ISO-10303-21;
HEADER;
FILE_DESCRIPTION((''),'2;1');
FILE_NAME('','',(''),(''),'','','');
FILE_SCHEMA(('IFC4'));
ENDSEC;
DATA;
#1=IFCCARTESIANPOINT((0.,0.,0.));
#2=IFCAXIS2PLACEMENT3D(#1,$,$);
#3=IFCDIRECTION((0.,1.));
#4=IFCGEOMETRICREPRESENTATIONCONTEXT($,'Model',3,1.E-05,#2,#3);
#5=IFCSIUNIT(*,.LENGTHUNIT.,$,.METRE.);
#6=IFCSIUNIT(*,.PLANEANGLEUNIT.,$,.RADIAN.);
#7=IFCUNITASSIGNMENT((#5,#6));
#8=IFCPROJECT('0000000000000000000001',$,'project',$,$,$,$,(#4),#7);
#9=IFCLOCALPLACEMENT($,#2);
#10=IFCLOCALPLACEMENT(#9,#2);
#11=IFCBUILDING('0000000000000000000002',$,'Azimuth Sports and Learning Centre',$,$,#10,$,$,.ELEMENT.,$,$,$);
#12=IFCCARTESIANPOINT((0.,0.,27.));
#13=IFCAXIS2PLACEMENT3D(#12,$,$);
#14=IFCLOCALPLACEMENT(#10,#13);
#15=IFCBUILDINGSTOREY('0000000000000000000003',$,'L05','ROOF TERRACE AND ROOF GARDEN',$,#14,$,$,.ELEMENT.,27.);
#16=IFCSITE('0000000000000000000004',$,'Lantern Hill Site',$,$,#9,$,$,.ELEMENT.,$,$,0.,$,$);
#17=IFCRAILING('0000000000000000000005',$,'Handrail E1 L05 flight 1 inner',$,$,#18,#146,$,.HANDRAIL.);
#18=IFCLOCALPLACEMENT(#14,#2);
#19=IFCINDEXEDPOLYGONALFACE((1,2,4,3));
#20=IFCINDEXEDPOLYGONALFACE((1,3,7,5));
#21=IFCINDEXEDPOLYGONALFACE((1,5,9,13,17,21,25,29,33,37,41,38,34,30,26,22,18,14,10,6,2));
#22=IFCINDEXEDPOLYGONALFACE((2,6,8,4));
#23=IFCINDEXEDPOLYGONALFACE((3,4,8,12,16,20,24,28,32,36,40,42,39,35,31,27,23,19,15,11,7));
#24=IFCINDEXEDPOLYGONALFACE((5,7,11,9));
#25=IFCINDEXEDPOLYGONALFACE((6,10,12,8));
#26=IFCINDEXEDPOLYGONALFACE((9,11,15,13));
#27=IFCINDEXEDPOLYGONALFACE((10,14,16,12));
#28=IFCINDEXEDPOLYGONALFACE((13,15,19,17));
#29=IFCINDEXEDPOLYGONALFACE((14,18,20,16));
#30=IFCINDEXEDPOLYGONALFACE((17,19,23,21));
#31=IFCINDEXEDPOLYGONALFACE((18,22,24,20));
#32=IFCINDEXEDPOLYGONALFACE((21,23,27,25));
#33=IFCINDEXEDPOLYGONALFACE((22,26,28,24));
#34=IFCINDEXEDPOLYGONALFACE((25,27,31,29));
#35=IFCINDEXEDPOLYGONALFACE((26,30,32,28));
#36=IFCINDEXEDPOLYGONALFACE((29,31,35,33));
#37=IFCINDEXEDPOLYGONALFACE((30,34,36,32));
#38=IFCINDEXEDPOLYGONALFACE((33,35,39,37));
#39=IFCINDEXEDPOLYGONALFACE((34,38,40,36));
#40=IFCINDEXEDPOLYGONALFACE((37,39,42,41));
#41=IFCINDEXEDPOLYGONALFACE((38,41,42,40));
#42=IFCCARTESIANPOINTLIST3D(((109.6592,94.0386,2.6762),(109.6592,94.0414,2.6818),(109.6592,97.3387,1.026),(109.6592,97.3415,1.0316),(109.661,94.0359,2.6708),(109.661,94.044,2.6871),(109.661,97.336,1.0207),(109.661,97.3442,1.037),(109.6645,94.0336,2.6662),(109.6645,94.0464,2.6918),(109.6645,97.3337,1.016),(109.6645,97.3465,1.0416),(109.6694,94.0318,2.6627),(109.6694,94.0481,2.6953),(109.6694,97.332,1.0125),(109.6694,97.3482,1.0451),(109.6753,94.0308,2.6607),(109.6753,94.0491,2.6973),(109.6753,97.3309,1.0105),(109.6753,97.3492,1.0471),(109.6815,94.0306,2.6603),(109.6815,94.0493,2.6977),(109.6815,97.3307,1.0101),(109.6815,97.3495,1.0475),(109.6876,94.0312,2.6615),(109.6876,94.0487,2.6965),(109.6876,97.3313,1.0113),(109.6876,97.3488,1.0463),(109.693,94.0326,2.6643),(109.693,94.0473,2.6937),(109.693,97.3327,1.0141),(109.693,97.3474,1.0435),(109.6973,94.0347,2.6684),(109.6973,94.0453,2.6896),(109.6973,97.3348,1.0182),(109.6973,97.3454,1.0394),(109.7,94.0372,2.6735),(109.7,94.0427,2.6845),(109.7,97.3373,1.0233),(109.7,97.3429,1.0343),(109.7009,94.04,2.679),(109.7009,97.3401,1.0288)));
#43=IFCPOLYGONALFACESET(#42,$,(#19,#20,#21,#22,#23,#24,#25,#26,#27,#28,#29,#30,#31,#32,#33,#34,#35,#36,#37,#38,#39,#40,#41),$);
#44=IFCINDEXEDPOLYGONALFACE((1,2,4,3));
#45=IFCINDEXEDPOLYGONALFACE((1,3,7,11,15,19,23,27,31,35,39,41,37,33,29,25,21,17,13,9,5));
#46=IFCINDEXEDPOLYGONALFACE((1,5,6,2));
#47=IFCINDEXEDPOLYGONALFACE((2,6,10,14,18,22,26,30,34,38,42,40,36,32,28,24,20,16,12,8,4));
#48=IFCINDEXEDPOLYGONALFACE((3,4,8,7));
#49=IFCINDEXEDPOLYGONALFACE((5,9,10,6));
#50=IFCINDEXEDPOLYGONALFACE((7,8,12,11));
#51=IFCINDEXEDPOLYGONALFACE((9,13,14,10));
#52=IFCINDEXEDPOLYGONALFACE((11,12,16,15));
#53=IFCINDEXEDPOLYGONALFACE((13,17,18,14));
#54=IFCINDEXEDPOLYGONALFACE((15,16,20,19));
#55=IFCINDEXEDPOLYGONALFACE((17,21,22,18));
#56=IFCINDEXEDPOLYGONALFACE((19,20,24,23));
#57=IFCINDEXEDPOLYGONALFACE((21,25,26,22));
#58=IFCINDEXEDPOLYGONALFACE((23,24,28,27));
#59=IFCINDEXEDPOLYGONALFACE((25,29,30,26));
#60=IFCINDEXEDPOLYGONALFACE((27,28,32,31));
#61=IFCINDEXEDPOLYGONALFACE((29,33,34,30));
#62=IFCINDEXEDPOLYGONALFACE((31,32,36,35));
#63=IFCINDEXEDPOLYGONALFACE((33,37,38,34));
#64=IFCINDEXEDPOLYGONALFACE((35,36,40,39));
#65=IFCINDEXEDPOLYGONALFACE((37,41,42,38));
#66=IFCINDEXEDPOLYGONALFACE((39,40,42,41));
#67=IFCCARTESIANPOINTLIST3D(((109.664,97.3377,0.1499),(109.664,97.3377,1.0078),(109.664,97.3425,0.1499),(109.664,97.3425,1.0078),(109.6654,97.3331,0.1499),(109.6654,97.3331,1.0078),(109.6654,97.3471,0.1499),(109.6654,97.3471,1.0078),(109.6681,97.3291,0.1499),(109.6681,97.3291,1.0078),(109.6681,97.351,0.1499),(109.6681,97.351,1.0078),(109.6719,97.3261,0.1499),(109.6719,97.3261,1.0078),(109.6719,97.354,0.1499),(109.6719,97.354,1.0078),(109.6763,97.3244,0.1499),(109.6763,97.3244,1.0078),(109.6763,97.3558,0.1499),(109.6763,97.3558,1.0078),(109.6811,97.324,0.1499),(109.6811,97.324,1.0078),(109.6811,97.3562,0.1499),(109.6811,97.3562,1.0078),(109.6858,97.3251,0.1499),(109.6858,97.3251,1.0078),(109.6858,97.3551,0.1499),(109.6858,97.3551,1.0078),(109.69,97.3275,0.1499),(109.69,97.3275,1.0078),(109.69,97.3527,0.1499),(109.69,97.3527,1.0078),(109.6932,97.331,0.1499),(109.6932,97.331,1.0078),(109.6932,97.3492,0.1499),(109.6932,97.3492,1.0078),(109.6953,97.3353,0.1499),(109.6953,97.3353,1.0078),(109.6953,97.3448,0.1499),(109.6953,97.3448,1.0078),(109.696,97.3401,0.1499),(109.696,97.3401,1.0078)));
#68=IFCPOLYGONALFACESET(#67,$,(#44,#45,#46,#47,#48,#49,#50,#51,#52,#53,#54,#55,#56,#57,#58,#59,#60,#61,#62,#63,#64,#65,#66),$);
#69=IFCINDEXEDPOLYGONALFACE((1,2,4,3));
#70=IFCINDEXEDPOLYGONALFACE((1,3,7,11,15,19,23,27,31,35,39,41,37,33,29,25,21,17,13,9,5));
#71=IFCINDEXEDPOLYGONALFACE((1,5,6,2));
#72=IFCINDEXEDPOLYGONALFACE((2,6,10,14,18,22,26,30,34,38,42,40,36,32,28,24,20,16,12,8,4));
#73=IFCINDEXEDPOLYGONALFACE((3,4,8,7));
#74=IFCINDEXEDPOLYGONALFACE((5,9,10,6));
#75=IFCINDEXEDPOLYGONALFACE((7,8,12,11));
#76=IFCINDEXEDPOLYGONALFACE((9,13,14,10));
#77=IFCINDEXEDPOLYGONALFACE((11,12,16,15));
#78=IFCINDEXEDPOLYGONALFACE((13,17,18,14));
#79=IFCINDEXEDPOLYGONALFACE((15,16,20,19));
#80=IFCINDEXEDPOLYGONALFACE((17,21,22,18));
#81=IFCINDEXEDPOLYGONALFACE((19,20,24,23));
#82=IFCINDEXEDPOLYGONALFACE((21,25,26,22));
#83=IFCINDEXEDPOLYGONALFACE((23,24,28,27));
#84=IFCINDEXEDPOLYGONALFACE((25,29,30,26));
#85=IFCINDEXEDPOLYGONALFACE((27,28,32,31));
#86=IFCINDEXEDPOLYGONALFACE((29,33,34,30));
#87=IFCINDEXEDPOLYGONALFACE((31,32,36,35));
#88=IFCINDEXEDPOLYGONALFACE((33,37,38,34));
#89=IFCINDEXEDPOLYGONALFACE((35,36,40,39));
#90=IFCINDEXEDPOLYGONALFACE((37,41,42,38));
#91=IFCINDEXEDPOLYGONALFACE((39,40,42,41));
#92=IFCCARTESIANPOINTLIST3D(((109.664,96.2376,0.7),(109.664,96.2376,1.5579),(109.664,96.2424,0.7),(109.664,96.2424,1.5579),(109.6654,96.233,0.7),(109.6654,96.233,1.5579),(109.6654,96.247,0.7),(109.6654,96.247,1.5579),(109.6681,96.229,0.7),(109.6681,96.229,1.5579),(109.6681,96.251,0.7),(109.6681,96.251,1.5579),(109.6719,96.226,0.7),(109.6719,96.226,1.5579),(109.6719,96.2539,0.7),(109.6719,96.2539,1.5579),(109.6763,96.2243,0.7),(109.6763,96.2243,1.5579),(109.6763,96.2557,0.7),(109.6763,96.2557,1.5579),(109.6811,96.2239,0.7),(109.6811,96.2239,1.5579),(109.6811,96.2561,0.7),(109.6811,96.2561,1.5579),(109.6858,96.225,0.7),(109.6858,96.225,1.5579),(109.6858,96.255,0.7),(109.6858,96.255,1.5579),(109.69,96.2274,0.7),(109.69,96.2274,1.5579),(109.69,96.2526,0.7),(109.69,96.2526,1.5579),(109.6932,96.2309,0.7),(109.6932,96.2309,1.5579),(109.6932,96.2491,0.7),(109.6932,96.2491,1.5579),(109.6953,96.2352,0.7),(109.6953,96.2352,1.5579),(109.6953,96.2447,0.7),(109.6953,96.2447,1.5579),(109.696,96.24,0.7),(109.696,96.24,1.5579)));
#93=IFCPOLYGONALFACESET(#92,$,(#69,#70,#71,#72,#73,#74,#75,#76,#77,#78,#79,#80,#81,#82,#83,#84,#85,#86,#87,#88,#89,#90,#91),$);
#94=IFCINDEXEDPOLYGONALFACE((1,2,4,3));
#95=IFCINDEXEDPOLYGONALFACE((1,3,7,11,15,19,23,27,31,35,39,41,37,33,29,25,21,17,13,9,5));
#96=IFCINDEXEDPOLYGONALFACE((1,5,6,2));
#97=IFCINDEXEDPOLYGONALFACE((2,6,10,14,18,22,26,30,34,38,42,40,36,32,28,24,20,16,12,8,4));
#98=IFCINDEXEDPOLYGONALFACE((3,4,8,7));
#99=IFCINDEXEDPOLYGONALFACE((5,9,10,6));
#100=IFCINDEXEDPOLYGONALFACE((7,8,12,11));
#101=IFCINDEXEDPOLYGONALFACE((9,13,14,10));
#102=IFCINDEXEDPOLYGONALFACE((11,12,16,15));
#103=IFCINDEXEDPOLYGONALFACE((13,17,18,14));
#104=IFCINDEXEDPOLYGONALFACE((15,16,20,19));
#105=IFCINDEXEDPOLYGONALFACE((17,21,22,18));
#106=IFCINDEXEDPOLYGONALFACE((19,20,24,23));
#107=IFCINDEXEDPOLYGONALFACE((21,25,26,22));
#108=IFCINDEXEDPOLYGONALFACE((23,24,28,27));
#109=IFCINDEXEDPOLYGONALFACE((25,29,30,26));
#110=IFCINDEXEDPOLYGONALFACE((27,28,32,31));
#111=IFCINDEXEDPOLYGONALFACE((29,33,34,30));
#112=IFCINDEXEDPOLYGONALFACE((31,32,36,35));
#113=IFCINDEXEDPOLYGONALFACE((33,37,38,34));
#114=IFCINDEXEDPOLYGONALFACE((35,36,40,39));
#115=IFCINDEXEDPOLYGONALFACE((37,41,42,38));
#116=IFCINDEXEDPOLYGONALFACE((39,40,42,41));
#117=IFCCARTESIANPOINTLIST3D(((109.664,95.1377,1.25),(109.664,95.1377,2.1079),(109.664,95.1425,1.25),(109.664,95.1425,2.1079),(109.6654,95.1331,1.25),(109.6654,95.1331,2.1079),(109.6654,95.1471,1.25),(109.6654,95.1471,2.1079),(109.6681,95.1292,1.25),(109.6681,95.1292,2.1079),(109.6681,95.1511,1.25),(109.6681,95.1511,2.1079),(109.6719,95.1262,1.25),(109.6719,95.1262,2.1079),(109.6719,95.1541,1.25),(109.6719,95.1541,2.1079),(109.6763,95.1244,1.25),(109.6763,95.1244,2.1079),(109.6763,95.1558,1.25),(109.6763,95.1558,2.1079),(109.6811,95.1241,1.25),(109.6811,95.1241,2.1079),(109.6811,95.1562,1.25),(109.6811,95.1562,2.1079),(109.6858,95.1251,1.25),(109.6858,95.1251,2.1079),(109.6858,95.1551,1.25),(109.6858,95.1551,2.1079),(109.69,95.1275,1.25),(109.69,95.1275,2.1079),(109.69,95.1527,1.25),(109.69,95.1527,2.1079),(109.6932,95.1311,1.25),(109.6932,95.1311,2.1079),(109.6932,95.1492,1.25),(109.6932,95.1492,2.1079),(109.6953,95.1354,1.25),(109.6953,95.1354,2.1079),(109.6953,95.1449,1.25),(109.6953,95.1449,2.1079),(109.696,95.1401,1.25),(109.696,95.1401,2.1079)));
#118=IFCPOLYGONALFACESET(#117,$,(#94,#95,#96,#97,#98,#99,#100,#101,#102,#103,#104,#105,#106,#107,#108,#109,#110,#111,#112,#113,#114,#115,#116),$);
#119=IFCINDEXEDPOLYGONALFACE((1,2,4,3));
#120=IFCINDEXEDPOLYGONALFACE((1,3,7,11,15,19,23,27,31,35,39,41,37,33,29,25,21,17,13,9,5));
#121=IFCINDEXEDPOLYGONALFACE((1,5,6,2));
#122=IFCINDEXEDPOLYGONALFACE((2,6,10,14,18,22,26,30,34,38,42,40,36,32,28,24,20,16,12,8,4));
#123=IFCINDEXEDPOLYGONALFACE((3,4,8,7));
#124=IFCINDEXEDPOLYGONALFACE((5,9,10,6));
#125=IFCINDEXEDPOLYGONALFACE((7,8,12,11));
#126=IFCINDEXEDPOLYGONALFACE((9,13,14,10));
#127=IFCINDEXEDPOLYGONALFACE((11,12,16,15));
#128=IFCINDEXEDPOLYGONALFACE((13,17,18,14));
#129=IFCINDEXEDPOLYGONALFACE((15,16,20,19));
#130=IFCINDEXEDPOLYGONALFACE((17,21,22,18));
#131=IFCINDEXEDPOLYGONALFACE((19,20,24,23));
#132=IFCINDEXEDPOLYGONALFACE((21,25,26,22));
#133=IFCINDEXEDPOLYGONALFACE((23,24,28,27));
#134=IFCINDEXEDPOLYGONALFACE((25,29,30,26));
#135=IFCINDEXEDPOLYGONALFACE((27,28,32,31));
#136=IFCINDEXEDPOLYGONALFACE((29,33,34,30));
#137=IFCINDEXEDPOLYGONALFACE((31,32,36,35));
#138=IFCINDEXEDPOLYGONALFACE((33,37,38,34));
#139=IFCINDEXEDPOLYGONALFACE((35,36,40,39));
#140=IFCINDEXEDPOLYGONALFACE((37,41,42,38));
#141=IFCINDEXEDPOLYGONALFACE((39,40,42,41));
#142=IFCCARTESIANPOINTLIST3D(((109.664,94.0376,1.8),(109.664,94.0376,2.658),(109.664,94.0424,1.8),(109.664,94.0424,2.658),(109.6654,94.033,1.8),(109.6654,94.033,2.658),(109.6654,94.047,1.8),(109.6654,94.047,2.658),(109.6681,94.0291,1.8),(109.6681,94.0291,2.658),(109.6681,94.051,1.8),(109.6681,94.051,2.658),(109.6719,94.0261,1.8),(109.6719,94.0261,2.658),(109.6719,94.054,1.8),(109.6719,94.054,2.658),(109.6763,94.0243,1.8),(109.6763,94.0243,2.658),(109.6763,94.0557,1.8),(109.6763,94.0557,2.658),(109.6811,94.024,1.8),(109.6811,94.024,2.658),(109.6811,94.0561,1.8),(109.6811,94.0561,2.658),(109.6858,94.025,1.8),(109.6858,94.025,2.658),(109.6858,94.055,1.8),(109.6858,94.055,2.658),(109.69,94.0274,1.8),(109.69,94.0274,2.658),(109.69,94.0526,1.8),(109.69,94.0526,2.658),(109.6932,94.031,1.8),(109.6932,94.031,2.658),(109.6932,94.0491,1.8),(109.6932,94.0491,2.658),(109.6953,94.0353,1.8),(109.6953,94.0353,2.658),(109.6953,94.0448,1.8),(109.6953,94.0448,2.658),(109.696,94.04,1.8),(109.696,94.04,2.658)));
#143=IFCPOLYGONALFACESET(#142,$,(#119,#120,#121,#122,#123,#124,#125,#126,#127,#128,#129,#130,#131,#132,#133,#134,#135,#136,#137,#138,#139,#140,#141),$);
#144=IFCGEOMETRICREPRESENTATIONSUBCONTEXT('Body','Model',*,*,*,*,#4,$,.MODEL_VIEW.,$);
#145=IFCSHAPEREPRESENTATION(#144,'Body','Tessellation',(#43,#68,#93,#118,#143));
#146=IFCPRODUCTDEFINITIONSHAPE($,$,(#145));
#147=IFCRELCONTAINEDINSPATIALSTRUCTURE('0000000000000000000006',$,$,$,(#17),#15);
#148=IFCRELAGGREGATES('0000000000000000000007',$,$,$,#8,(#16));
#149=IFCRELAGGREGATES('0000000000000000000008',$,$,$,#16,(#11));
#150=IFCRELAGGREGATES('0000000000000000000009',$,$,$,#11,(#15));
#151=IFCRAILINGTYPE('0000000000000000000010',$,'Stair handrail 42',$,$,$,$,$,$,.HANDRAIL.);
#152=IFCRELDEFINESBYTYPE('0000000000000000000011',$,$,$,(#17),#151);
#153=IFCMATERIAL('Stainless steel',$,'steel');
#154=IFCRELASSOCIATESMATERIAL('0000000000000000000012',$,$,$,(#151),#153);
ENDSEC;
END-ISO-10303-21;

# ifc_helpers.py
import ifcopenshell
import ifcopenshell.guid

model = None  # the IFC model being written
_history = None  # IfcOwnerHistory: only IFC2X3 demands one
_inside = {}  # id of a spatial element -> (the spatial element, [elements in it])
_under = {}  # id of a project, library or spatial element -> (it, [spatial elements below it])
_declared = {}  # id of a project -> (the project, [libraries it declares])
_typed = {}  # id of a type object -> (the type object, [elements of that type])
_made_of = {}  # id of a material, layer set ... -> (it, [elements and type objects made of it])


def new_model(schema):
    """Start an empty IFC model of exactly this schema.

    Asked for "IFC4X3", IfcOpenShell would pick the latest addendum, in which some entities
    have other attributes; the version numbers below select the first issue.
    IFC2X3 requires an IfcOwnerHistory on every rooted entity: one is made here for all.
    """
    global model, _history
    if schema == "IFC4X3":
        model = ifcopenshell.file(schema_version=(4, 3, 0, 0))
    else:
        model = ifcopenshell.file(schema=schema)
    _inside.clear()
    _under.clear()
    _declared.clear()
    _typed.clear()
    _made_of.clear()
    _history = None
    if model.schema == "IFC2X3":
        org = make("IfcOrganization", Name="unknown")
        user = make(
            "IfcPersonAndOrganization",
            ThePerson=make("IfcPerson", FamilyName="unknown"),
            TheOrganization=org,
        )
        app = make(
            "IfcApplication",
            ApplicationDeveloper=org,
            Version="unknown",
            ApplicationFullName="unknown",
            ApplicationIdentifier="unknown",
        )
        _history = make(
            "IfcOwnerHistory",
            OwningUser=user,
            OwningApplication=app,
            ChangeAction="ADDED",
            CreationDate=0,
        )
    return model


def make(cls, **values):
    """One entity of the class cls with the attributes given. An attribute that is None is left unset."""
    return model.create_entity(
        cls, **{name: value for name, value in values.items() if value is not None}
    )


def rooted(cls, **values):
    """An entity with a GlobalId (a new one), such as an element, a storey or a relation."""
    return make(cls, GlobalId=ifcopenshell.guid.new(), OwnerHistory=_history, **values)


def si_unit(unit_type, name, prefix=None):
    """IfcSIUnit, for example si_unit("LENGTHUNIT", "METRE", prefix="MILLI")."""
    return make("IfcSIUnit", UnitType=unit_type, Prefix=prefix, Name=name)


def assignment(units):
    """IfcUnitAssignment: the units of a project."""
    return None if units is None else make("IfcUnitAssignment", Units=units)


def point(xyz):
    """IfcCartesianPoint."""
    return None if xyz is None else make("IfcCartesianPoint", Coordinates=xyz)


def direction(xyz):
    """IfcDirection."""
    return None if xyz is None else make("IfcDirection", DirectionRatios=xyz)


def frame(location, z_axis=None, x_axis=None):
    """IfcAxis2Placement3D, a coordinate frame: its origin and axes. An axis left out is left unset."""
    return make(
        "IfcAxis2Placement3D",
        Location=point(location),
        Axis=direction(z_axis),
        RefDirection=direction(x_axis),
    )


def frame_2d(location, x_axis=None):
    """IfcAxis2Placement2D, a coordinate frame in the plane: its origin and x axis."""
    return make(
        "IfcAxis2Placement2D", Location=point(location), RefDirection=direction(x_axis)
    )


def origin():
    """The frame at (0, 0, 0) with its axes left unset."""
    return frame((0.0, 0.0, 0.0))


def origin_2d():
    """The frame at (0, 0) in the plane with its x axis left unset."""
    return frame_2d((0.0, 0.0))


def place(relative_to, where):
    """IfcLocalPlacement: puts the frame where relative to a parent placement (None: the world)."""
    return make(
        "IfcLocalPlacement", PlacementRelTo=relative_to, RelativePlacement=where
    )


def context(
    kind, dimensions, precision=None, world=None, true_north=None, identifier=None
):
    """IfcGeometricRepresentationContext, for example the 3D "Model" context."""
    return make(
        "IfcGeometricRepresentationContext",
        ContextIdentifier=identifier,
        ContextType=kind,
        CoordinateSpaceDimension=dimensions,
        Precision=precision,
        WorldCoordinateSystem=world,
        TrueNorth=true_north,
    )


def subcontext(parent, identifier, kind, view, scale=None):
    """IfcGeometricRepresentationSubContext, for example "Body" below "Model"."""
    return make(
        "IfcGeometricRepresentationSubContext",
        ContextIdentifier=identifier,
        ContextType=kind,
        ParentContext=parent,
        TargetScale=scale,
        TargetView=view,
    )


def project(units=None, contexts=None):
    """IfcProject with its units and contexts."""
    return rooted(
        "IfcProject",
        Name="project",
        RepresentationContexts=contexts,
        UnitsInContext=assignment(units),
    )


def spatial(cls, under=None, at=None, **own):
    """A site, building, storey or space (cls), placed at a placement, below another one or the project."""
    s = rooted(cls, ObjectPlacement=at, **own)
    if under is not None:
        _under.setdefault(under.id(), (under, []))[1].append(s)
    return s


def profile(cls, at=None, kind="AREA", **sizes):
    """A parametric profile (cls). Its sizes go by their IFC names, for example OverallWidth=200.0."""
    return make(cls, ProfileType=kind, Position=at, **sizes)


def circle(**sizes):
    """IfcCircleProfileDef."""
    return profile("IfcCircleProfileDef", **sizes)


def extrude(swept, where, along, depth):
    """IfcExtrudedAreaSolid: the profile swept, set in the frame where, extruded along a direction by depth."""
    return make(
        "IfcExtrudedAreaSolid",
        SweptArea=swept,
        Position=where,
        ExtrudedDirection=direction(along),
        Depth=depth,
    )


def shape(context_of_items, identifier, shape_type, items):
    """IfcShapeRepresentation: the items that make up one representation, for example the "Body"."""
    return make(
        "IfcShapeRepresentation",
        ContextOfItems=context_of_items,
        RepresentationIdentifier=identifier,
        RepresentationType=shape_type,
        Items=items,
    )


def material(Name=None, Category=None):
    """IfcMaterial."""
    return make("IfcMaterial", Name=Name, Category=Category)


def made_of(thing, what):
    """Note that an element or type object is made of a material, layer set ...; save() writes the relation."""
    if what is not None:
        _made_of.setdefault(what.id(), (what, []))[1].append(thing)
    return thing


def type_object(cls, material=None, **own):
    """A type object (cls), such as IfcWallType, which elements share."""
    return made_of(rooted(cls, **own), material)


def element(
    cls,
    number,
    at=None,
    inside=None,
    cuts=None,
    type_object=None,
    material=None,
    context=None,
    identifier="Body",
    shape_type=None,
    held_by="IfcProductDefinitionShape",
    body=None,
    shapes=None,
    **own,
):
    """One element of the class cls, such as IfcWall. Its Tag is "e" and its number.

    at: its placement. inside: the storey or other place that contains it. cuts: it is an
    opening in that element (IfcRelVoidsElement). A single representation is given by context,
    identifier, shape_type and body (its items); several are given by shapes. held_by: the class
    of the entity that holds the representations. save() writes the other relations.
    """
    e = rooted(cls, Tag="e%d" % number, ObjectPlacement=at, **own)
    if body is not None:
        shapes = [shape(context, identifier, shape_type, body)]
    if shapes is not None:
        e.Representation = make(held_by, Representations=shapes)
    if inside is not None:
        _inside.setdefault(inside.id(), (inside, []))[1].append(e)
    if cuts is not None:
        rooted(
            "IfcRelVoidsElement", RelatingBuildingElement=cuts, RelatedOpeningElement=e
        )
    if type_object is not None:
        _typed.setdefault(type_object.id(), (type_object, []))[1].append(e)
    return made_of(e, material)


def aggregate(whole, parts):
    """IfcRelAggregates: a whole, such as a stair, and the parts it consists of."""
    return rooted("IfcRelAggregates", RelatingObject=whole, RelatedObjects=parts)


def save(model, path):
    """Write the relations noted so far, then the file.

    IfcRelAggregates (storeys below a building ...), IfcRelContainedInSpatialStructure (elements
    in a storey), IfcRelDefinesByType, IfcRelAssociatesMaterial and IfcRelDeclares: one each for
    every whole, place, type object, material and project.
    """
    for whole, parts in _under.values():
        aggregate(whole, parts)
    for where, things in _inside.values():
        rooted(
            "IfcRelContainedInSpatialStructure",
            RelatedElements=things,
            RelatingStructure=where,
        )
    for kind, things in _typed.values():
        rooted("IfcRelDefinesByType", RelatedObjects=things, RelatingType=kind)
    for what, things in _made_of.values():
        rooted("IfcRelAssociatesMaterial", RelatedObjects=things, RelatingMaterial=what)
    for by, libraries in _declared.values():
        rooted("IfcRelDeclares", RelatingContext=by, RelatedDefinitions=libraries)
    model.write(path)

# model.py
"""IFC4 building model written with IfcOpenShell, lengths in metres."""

from ifc_helpers import new_model, si_unit, direction, frame, origin, origin_2d, place, context, subcontext, project, spatial, circle, extrude, material, type_object, element, save


model = new_model("IFC4")

# Units and contexts
model_context = context("Model", 3, precision=1e-05, world=origin(), true_north=direction((0.0, 1.0)))
body_context = subcontext(model_context, "Body", "Model", "MODEL_VIEW")
ifc_project = project(units=[si_unit("LENGTHUNIT", "METRE"), si_unit("PLANEANGLEUNIT", "RADIAN")], contexts=[model_context])

# Site, building, storey
site_placement = place(None, origin())
site = spatial("IfcSite", under=ifc_project, at=site_placement, Name="Lantern Hill Site", CompositionType="ELEMENT", RefElevation=0.0)
building_placement = place(site_placement, origin())
building = spatial("IfcBuilding", under=site, at=building_placement, Name="Azimuth Sports and Learning Centre", CompositionType="ELEMENT")
storey_placement = place(building_placement, frame((0.0, 0.0, 27.0)))
storey = spatial("IfcBuildingStorey", under=building, at=storey_placement, Name="L05", Description="ROOF TERRACE AND ROOF GARDEN", CompositionType="ELEMENT", Elevation=27.0)

# Railing
ifc_material_1 = material(Name="Stainless steel", Category="steel")
railing_type_1 = type_object("IfcRailingType", Name="Stair handrail 42", PredefinedType="HANDRAIL", material=ifc_material_1)
railing_1_placement = place(storey_placement, frame((109.6799, 97.3401, 0.1499)))
element("IfcRailing", 1, at=railing_1_placement, inside=storey, type_object=railing_type_1, Name="Handrail E1 L05 flight 1 inner", PredefinedType="HANDRAIL", context=body_context, shape_type="SweptSolid", body=[
    extrude(circle(Radius=0.021, at=origin_2d()), frame((0.0, 0.0, 0.8789), z_axis=(0.0, -0.894414, 0.44724), x_axis=(1.0, 0.0, 0.0)), (0.0, 0.0, 1.0), 3.6897),
    extrude(circle(Radius=0.0161, at=origin_2d()), origin(), (0.0, 0.0, 1.0), 0.8579),
    extrude(circle(Radius=0.0161, at=origin_2d()), frame((0.0, -1.1001, 0.55)), (0.0, 0.0, 1.0), 0.8579),
    extrude(circle(Radius=0.0161, at=origin_2d()), frame((0.0, -2.2, 1.1001)), (0.0, 0.0, 1.0), 0.8579),
    extrude(circle(Radius=0.0161, at=origin_2d()), frame((0.0, -3.3, 1.6501)), (0.0, 0.0, 1.0), 0.8579),
])

save(model, "model.ifc")
